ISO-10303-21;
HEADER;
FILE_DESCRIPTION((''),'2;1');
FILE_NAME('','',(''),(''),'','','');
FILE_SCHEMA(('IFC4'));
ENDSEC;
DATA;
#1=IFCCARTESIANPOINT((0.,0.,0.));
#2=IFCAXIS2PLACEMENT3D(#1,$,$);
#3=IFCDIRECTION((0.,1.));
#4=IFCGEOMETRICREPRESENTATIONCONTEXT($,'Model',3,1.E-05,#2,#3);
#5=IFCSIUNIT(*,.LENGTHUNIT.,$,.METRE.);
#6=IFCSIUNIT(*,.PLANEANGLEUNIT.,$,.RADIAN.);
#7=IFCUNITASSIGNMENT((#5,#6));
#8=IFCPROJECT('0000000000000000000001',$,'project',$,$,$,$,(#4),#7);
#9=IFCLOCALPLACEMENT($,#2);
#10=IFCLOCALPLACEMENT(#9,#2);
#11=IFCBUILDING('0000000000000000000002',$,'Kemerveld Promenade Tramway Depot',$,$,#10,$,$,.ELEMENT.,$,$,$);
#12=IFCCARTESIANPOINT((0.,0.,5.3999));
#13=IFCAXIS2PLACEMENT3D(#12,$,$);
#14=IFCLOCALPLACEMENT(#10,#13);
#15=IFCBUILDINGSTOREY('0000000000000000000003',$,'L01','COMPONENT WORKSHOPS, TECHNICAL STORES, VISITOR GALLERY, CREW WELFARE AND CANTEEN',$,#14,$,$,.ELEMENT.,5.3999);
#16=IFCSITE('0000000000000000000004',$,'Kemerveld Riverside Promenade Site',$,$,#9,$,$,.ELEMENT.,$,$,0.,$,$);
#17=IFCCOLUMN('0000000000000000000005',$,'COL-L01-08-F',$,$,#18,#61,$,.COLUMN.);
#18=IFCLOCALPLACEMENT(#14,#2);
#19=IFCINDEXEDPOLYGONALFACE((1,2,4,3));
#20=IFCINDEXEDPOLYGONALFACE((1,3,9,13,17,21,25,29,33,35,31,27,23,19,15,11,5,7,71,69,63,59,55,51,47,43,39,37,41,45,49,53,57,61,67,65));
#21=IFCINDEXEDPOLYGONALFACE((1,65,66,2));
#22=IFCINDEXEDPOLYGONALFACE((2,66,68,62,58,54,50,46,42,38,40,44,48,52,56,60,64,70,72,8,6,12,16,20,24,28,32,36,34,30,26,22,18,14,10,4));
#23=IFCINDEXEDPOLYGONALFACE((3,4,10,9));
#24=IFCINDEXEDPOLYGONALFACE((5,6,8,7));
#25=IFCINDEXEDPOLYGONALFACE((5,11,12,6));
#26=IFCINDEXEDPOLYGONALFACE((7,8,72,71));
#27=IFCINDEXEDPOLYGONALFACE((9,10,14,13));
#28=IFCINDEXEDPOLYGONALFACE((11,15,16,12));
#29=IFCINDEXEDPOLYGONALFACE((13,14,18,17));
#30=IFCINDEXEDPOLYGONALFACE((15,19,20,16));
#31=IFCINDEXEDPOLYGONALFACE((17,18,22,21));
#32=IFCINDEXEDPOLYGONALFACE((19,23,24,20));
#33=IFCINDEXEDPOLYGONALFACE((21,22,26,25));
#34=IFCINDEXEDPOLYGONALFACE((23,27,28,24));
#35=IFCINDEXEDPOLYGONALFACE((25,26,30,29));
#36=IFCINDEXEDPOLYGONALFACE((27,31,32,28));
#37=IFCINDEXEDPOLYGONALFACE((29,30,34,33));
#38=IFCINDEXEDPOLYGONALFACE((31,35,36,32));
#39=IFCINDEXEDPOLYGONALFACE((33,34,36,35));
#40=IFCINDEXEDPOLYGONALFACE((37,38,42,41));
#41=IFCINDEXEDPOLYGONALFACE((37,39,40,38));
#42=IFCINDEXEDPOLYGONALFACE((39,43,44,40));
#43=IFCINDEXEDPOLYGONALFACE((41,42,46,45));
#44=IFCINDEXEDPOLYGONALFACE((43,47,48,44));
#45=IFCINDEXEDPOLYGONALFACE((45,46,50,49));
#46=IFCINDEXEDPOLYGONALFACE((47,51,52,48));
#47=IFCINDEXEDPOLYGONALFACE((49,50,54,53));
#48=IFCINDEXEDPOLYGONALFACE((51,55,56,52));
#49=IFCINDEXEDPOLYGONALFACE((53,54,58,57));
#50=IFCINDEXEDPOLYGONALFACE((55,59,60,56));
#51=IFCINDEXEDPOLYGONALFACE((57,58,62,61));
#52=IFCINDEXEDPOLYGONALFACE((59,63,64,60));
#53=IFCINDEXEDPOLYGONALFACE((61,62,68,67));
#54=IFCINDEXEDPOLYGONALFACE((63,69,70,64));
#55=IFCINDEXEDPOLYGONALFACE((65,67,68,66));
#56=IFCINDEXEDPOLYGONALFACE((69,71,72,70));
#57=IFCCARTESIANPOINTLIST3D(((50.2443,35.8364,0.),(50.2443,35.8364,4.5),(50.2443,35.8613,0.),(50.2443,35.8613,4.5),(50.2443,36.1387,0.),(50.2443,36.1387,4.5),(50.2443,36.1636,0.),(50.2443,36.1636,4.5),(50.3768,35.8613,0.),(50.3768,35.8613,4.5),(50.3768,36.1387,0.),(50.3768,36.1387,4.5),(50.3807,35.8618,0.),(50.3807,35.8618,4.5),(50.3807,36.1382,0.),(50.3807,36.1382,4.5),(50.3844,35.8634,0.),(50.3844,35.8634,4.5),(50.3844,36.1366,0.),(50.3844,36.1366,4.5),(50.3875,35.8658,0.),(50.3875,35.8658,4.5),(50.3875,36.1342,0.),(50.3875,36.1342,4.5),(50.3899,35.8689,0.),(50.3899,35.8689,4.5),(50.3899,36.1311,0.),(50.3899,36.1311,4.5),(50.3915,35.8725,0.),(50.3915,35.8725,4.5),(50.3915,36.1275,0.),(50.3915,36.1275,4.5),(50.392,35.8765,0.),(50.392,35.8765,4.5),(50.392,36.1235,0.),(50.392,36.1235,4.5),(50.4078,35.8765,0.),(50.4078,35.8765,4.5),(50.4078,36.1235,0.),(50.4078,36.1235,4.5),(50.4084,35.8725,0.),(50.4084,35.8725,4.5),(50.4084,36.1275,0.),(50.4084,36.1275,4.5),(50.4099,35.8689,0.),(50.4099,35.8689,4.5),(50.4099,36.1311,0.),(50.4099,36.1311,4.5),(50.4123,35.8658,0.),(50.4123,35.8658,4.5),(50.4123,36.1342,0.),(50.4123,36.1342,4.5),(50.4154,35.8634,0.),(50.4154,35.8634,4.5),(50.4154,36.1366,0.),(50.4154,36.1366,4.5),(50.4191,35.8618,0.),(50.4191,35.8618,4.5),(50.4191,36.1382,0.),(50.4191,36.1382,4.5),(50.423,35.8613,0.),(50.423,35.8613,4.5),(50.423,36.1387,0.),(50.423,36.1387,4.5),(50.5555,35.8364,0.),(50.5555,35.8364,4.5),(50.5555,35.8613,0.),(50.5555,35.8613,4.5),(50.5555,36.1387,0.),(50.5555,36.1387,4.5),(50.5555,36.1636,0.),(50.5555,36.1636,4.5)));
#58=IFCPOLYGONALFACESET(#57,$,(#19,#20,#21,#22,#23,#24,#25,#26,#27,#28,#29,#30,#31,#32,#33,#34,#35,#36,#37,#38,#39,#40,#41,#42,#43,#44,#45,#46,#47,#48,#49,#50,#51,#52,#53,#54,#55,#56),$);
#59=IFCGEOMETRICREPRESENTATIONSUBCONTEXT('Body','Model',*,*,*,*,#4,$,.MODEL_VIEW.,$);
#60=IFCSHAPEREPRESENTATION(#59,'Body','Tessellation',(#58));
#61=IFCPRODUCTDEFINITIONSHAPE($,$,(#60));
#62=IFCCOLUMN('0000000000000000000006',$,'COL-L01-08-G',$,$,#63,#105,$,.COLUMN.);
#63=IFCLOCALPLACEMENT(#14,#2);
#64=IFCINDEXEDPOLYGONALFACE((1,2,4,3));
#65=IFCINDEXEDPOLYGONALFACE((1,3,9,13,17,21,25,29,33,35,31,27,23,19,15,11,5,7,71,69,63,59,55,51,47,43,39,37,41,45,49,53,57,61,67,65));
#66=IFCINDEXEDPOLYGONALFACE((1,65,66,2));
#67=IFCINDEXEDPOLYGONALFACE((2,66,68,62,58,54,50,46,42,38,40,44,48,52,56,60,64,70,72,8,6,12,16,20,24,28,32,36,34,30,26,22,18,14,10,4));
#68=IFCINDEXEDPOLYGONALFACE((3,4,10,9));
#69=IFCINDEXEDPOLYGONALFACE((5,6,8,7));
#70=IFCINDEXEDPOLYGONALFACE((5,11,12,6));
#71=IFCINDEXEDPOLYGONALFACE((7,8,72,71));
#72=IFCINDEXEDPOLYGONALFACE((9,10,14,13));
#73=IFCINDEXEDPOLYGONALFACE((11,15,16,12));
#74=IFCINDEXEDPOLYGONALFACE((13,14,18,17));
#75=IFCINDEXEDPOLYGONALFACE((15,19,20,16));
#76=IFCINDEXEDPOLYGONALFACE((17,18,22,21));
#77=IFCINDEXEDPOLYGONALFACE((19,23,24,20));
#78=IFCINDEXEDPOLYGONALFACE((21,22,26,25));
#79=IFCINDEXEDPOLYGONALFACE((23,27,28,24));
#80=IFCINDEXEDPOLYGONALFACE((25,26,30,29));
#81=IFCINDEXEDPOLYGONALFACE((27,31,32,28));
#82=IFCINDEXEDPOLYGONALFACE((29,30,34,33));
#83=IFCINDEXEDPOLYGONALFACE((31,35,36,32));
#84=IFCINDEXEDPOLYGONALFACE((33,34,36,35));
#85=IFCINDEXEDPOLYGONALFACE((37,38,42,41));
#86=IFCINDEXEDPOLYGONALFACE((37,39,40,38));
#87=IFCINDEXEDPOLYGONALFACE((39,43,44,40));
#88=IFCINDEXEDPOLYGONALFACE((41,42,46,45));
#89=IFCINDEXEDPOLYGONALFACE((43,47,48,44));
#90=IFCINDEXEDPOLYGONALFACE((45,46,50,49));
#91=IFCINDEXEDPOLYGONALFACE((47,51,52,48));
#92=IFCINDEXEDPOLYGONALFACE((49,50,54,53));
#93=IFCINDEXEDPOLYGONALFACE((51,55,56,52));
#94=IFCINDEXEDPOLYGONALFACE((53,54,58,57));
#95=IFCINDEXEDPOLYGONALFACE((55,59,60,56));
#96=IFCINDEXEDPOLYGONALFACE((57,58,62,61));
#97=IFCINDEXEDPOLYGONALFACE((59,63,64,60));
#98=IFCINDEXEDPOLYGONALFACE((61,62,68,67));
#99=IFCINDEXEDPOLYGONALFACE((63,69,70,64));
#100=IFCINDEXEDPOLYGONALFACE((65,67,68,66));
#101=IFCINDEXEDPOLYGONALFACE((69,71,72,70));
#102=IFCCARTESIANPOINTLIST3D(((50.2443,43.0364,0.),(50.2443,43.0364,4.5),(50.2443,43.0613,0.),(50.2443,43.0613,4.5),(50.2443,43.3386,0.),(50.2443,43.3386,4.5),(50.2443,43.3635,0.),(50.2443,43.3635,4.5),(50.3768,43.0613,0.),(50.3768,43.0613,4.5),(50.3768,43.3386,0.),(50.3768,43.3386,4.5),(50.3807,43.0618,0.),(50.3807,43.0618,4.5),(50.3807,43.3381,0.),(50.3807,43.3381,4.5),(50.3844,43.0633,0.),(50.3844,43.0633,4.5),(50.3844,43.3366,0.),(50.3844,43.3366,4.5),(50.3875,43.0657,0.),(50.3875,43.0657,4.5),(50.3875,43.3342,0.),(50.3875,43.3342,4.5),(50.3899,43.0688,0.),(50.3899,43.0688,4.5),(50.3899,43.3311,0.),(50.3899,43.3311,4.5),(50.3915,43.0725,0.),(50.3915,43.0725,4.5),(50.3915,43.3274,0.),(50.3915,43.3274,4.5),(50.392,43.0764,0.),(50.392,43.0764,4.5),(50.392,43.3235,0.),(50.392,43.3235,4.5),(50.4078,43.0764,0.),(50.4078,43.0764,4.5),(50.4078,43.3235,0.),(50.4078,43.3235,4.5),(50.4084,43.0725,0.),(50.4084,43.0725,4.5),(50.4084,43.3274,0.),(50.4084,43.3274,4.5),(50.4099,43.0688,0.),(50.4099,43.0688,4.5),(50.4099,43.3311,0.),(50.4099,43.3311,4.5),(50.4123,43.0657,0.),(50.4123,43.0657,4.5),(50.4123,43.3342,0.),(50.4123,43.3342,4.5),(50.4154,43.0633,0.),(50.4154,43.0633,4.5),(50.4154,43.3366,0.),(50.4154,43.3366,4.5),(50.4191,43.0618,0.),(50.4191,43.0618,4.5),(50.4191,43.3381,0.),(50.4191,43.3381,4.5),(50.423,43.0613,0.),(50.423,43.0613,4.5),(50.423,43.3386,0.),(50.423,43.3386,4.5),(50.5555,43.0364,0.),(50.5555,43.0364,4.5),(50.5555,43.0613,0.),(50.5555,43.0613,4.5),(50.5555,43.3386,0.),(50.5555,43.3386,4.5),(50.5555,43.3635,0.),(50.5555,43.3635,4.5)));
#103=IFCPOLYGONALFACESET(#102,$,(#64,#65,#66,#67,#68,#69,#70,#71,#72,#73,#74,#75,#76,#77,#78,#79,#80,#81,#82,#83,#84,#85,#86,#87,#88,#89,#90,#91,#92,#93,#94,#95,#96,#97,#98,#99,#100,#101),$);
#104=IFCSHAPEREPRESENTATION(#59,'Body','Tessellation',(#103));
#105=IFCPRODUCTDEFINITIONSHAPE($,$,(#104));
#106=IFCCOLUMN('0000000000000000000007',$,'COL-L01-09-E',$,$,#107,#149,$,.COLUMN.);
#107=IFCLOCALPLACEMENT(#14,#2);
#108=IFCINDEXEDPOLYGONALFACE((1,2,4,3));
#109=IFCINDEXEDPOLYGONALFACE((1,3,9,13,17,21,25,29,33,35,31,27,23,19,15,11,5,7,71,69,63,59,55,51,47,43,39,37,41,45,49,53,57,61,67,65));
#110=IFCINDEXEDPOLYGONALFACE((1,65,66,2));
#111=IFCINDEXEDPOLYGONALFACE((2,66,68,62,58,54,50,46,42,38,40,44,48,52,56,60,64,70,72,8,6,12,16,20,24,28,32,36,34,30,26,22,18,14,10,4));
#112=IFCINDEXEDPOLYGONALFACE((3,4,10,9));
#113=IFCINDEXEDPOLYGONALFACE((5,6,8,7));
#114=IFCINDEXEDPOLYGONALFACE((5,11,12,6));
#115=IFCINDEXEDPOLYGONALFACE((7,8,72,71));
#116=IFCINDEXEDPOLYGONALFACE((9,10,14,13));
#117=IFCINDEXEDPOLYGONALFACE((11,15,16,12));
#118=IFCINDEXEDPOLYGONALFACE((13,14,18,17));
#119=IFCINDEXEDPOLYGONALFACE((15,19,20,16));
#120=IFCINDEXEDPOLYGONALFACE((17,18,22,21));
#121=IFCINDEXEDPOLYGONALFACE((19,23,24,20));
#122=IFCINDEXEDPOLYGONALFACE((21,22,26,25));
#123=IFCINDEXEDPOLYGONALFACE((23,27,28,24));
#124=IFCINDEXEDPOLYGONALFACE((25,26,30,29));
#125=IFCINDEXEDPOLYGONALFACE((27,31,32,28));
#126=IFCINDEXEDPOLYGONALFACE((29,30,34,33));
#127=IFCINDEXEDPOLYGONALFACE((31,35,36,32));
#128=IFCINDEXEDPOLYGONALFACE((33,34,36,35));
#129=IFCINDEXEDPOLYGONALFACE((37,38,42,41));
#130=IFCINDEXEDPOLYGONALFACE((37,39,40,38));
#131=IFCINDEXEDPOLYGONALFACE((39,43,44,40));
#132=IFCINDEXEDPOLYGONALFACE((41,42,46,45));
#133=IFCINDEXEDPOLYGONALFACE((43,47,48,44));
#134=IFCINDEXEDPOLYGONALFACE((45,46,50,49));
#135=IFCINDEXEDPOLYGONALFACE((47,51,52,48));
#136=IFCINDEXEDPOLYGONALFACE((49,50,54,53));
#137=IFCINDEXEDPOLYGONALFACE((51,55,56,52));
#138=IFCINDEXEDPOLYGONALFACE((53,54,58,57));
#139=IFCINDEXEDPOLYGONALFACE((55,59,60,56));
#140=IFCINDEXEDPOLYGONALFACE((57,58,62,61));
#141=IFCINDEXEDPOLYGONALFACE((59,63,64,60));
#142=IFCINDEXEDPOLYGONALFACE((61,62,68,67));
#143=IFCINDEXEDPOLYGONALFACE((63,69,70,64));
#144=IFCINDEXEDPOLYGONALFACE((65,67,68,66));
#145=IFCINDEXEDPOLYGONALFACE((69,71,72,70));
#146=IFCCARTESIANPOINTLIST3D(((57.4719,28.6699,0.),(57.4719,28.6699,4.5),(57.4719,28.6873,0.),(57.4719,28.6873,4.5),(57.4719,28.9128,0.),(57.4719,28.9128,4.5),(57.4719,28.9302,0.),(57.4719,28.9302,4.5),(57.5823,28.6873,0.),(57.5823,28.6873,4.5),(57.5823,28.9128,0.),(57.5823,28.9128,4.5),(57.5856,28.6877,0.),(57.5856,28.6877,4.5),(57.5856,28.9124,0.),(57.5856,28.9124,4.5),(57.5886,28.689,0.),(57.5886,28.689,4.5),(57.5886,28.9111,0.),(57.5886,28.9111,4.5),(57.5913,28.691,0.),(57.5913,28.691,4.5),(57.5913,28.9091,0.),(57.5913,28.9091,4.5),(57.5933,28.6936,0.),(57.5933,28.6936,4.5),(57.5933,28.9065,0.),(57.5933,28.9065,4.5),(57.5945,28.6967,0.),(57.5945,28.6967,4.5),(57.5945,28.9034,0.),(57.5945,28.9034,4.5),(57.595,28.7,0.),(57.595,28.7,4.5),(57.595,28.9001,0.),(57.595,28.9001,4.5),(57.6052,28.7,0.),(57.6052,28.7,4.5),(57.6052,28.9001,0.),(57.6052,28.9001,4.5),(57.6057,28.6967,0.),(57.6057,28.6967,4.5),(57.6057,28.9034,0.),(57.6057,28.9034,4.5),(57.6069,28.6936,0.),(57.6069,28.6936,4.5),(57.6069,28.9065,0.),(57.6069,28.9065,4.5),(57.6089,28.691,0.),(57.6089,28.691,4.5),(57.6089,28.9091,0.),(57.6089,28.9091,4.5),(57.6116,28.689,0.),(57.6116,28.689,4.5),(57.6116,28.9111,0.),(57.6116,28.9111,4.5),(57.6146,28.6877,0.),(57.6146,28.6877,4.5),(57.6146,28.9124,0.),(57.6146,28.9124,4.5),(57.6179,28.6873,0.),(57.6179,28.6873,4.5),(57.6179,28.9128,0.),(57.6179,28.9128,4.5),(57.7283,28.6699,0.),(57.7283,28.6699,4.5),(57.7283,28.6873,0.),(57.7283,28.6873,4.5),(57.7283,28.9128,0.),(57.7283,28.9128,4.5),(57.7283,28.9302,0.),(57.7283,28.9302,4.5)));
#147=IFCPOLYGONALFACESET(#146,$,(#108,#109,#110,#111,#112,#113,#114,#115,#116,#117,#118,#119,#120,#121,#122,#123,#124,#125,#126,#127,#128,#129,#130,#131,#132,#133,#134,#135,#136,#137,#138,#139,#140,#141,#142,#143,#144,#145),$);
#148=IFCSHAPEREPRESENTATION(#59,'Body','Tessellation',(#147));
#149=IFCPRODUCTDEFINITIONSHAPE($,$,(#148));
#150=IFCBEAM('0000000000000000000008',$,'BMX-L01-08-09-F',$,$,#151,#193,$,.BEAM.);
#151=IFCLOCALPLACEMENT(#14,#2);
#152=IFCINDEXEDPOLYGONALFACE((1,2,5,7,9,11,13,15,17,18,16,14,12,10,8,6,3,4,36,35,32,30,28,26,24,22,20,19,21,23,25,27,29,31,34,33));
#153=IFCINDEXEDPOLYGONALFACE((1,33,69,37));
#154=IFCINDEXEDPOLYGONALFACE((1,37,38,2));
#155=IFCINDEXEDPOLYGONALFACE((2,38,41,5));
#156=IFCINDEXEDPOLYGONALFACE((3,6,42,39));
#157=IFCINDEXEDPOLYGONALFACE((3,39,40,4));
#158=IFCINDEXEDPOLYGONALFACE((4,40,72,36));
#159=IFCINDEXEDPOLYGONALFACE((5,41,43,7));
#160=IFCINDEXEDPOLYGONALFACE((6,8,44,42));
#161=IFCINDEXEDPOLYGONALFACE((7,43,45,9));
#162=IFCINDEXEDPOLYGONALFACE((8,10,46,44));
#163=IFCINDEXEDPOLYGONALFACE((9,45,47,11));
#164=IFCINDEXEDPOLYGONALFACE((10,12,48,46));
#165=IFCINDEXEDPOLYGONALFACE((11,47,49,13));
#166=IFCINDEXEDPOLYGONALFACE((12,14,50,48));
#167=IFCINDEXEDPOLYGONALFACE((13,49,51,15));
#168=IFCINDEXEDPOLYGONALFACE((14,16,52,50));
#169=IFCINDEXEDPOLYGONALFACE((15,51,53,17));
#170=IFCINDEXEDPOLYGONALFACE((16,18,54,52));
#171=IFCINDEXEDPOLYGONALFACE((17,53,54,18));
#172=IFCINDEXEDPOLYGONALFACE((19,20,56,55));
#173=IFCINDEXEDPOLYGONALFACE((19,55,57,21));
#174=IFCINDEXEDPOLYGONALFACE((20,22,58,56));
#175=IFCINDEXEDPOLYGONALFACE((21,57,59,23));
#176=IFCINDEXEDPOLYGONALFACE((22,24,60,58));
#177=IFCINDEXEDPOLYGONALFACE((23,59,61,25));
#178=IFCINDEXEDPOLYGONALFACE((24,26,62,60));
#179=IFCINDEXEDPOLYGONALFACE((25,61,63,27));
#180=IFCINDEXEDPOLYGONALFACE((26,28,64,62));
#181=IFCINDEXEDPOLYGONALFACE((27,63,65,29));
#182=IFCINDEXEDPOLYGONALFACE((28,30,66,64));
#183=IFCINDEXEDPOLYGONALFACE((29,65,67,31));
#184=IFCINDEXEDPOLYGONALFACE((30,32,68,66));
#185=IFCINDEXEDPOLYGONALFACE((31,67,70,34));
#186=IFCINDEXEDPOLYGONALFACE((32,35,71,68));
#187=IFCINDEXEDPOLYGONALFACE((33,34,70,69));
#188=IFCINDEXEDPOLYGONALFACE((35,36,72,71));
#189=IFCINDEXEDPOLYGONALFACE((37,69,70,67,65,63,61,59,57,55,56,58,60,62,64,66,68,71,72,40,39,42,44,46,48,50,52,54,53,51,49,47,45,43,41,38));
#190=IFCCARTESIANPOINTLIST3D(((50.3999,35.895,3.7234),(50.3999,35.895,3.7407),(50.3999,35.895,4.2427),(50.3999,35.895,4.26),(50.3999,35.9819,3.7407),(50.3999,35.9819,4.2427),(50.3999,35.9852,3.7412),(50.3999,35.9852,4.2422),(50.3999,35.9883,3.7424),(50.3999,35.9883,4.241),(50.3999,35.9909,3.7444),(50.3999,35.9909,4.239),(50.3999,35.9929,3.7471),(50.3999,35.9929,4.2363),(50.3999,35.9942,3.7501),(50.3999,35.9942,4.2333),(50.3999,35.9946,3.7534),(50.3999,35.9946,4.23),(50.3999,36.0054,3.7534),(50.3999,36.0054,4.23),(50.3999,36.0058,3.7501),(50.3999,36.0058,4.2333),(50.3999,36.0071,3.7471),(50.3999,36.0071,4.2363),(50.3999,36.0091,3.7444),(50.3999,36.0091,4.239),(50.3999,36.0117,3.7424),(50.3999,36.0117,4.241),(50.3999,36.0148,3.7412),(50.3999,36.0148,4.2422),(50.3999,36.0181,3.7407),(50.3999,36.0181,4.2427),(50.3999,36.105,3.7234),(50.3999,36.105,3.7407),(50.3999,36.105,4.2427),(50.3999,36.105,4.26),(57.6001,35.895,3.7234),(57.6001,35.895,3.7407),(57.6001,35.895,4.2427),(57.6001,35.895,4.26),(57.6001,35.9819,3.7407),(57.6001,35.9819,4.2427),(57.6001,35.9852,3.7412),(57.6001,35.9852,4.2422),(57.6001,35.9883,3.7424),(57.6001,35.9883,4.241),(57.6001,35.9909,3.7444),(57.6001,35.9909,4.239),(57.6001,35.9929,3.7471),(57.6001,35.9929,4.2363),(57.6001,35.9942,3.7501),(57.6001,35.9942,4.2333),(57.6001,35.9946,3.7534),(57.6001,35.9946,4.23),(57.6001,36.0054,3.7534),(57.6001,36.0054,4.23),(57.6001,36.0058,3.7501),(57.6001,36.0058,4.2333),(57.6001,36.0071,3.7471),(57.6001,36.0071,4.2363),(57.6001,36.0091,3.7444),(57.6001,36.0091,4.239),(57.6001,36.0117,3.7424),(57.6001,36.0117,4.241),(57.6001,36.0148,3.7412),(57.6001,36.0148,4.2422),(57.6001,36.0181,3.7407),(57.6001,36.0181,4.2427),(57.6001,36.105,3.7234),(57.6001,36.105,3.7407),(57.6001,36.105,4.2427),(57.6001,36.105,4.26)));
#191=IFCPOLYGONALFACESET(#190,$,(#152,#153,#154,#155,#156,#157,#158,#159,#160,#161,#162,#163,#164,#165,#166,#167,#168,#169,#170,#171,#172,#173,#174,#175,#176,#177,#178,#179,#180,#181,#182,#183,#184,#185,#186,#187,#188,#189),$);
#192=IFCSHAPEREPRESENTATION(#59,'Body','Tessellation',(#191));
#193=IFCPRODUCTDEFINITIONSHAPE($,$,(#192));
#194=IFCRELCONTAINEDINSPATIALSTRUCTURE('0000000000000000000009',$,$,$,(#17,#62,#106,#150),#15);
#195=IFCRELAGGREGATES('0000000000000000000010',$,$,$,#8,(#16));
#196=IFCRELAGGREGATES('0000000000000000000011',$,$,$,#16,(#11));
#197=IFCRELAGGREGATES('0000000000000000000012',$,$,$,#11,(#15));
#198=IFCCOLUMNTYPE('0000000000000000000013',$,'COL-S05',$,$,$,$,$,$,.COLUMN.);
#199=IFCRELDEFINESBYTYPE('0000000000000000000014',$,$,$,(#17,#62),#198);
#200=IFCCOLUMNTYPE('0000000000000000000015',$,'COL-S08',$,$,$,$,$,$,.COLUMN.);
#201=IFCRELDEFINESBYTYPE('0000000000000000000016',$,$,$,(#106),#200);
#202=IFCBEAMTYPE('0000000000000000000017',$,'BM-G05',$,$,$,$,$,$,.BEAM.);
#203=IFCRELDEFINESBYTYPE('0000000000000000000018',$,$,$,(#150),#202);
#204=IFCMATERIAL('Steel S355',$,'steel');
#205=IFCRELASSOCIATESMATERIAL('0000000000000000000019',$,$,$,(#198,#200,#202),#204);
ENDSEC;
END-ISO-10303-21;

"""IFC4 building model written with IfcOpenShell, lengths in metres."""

from ifc_helpers import new_model, si_unit, direction, frame, origin, origin_2d, place, context, subcontext, project, spatial, i_section, extrude, material, material_profile, profile_set, type_object, element, save


model = new_model("IFC4")

# Units and contexts
model_context = context("Model", 3, precision=1e-05, world=origin(), true_north=direction((0.0, 1.0)))
body_context = subcontext(model_context, "Body", "Model", "MODEL_VIEW")
ifc_project = project(units=[si_unit("LENGTHUNIT", "METRE"), si_unit("PLANEANGLEUNIT", "RADIAN")], contexts=[model_context])

# Site, building, storey
site_placement = place(None, origin())
site = spatial("IfcSite", under=ifc_project, at=site_placement, Name="Kemerveld Riverside Promenade Site", CompositionType="ELEMENT", RefElevation=0.0)
building_placement = place(site_placement, origin())
building = spatial("IfcBuilding", under=site, at=building_placement, Name="Kemerveld Promenade Tramway Depot", CompositionType="ELEMENT")
storey_placement = place(building_placement, frame((0.0, 0.0, 5.3999)))
storey = spatial("IfcBuildingStorey", under=building, at=storey_placement, Name="L01", Description="COMPONENT WORKSHOPS, TECHNICAL STORES, VISITOR GALLERY, CREW WELFARE AND CANTEEN", CompositionType="ELEMENT", Elevation=5.3999)

# Columns
ifc_material_1 = material(Name="Steel S355", Category="steel")
ifc_material_profile_1 = material_profile(ifc_material_1, i_section(OverallWidth=0.3113, OverallDepth=0.3271, WebThickness=0.0159, FlangeThickness=0.0249, FilletRadius=0.0151, at=origin_2d()), Name="305x305x158 UC")
ifc_profile_set_1 = profile_set([ifc_material_profile_1], Name="Steel S355")
column_type_1 = type_object("IfcColumnType", Name="COL-S05", PredefinedType="COLUMN", material=ifc_profile_set_1)
for number, where, z_axis, x_axis, name in (
    (1, (50.3999, 36.0, 0.0), (0.0, 0.0, 1.0), (1.0, 0.0, 0.0), "COL-L01-08-F"),
    (2, (50.3999, 43.2, 0.0), (0.0, 0.0, 1.0), (1.0, 0.0, 0.0), "COL-L01-08-G"),
):
    element("IfcColumn", number, at=place(storey_placement, frame(where, z_axis=z_axis, x_axis=x_axis)), inside=storey, type_object=column_type_1, Name=name, PredefinedType="COLUMN", context=body_context, shape_type="SweptSolid", body=[
        extrude(i_section(OverallWidth=0.3113, OverallDepth=0.3271, WebThickness=0.0159, FlangeThickness=0.0249, FilletRadius=0.0151, at=origin_2d()), origin(), (0.0, 0.0, 1.0), 4.5),
    ])
ifc_material_profile_2 = material_profile(ifc_material_1, i_section(OverallWidth=0.2563, OverallDepth=0.2603, WebThickness=0.0103, FlangeThickness=0.0173, FilletRadius=0.0127, at=origin_2d()), Name="254x254x89 UC")
ifc_profile_set_2 = profile_set([ifc_material_profile_2], Name="Steel S355")
column_type_2 = type_object("IfcColumnType", Name="COL-S08", PredefinedType="COLUMN", material=ifc_profile_set_2)
column_placement = place(storey_placement, frame((57.6001, 28.8, 0.0), z_axis=(0.0, 0.0, 1.0), x_axis=(1.0, 0.0, 0.0)))
element("IfcColumn", 3, at=column_placement, inside=storey, type_object=column_type_2, Name="COL-L01-09-E", PredefinedType="COLUMN", context=body_context, shape_type="SweptSolid", body=[
    extrude(i_section(OverallWidth=0.2563, OverallDepth=0.2603, WebThickness=0.0103, FlangeThickness=0.0173, FilletRadius=0.0127, at=origin_2d()), origin(), (0.0, 0.0, 1.0), 4.5),
])

# Beam
ifc_material_profile_3 = material_profile(ifc_material_1, i_section(OverallWidth=0.21, OverallDepth=0.5366, WebThickness=0.0107, FlangeThickness=0.0173, FilletRadius=0.0127, at=origin_2d()), Name="533x210x101 UB")
ifc_profile_set_3 = profile_set([ifc_material_profile_3], Name="Steel S355")
beam_type_1 = type_object("IfcBeamType", Name="BM-G05", PredefinedType="BEAM", material=ifc_profile_set_3)
for number, where, z_axis, x_axis, name in (
    (4, (50.3999, 36.0, 3.9917), (1.0, 0.0, 0.0), (0.0, 1.0, 0.0), "BMX-L01-08-09-F"),
):
    element("IfcBeam", number, at=place(storey_placement, frame(where, z_axis=z_axis, x_axis=x_axis)), inside=storey, type_object=beam_type_1, Name=name, PredefinedType="BEAM", context=body_context, shape_type="SweptSolid", body=[
        extrude(i_section(OverallWidth=0.21, OverallDepth=0.5366, WebThickness=0.0107, FlangeThickness=0.0173, FilletRadius=0.0127, at=origin_2d()), origin(), (0.0, 0.0, 1.0), 7.2002),
    ])

save(model, "model.ifc")
